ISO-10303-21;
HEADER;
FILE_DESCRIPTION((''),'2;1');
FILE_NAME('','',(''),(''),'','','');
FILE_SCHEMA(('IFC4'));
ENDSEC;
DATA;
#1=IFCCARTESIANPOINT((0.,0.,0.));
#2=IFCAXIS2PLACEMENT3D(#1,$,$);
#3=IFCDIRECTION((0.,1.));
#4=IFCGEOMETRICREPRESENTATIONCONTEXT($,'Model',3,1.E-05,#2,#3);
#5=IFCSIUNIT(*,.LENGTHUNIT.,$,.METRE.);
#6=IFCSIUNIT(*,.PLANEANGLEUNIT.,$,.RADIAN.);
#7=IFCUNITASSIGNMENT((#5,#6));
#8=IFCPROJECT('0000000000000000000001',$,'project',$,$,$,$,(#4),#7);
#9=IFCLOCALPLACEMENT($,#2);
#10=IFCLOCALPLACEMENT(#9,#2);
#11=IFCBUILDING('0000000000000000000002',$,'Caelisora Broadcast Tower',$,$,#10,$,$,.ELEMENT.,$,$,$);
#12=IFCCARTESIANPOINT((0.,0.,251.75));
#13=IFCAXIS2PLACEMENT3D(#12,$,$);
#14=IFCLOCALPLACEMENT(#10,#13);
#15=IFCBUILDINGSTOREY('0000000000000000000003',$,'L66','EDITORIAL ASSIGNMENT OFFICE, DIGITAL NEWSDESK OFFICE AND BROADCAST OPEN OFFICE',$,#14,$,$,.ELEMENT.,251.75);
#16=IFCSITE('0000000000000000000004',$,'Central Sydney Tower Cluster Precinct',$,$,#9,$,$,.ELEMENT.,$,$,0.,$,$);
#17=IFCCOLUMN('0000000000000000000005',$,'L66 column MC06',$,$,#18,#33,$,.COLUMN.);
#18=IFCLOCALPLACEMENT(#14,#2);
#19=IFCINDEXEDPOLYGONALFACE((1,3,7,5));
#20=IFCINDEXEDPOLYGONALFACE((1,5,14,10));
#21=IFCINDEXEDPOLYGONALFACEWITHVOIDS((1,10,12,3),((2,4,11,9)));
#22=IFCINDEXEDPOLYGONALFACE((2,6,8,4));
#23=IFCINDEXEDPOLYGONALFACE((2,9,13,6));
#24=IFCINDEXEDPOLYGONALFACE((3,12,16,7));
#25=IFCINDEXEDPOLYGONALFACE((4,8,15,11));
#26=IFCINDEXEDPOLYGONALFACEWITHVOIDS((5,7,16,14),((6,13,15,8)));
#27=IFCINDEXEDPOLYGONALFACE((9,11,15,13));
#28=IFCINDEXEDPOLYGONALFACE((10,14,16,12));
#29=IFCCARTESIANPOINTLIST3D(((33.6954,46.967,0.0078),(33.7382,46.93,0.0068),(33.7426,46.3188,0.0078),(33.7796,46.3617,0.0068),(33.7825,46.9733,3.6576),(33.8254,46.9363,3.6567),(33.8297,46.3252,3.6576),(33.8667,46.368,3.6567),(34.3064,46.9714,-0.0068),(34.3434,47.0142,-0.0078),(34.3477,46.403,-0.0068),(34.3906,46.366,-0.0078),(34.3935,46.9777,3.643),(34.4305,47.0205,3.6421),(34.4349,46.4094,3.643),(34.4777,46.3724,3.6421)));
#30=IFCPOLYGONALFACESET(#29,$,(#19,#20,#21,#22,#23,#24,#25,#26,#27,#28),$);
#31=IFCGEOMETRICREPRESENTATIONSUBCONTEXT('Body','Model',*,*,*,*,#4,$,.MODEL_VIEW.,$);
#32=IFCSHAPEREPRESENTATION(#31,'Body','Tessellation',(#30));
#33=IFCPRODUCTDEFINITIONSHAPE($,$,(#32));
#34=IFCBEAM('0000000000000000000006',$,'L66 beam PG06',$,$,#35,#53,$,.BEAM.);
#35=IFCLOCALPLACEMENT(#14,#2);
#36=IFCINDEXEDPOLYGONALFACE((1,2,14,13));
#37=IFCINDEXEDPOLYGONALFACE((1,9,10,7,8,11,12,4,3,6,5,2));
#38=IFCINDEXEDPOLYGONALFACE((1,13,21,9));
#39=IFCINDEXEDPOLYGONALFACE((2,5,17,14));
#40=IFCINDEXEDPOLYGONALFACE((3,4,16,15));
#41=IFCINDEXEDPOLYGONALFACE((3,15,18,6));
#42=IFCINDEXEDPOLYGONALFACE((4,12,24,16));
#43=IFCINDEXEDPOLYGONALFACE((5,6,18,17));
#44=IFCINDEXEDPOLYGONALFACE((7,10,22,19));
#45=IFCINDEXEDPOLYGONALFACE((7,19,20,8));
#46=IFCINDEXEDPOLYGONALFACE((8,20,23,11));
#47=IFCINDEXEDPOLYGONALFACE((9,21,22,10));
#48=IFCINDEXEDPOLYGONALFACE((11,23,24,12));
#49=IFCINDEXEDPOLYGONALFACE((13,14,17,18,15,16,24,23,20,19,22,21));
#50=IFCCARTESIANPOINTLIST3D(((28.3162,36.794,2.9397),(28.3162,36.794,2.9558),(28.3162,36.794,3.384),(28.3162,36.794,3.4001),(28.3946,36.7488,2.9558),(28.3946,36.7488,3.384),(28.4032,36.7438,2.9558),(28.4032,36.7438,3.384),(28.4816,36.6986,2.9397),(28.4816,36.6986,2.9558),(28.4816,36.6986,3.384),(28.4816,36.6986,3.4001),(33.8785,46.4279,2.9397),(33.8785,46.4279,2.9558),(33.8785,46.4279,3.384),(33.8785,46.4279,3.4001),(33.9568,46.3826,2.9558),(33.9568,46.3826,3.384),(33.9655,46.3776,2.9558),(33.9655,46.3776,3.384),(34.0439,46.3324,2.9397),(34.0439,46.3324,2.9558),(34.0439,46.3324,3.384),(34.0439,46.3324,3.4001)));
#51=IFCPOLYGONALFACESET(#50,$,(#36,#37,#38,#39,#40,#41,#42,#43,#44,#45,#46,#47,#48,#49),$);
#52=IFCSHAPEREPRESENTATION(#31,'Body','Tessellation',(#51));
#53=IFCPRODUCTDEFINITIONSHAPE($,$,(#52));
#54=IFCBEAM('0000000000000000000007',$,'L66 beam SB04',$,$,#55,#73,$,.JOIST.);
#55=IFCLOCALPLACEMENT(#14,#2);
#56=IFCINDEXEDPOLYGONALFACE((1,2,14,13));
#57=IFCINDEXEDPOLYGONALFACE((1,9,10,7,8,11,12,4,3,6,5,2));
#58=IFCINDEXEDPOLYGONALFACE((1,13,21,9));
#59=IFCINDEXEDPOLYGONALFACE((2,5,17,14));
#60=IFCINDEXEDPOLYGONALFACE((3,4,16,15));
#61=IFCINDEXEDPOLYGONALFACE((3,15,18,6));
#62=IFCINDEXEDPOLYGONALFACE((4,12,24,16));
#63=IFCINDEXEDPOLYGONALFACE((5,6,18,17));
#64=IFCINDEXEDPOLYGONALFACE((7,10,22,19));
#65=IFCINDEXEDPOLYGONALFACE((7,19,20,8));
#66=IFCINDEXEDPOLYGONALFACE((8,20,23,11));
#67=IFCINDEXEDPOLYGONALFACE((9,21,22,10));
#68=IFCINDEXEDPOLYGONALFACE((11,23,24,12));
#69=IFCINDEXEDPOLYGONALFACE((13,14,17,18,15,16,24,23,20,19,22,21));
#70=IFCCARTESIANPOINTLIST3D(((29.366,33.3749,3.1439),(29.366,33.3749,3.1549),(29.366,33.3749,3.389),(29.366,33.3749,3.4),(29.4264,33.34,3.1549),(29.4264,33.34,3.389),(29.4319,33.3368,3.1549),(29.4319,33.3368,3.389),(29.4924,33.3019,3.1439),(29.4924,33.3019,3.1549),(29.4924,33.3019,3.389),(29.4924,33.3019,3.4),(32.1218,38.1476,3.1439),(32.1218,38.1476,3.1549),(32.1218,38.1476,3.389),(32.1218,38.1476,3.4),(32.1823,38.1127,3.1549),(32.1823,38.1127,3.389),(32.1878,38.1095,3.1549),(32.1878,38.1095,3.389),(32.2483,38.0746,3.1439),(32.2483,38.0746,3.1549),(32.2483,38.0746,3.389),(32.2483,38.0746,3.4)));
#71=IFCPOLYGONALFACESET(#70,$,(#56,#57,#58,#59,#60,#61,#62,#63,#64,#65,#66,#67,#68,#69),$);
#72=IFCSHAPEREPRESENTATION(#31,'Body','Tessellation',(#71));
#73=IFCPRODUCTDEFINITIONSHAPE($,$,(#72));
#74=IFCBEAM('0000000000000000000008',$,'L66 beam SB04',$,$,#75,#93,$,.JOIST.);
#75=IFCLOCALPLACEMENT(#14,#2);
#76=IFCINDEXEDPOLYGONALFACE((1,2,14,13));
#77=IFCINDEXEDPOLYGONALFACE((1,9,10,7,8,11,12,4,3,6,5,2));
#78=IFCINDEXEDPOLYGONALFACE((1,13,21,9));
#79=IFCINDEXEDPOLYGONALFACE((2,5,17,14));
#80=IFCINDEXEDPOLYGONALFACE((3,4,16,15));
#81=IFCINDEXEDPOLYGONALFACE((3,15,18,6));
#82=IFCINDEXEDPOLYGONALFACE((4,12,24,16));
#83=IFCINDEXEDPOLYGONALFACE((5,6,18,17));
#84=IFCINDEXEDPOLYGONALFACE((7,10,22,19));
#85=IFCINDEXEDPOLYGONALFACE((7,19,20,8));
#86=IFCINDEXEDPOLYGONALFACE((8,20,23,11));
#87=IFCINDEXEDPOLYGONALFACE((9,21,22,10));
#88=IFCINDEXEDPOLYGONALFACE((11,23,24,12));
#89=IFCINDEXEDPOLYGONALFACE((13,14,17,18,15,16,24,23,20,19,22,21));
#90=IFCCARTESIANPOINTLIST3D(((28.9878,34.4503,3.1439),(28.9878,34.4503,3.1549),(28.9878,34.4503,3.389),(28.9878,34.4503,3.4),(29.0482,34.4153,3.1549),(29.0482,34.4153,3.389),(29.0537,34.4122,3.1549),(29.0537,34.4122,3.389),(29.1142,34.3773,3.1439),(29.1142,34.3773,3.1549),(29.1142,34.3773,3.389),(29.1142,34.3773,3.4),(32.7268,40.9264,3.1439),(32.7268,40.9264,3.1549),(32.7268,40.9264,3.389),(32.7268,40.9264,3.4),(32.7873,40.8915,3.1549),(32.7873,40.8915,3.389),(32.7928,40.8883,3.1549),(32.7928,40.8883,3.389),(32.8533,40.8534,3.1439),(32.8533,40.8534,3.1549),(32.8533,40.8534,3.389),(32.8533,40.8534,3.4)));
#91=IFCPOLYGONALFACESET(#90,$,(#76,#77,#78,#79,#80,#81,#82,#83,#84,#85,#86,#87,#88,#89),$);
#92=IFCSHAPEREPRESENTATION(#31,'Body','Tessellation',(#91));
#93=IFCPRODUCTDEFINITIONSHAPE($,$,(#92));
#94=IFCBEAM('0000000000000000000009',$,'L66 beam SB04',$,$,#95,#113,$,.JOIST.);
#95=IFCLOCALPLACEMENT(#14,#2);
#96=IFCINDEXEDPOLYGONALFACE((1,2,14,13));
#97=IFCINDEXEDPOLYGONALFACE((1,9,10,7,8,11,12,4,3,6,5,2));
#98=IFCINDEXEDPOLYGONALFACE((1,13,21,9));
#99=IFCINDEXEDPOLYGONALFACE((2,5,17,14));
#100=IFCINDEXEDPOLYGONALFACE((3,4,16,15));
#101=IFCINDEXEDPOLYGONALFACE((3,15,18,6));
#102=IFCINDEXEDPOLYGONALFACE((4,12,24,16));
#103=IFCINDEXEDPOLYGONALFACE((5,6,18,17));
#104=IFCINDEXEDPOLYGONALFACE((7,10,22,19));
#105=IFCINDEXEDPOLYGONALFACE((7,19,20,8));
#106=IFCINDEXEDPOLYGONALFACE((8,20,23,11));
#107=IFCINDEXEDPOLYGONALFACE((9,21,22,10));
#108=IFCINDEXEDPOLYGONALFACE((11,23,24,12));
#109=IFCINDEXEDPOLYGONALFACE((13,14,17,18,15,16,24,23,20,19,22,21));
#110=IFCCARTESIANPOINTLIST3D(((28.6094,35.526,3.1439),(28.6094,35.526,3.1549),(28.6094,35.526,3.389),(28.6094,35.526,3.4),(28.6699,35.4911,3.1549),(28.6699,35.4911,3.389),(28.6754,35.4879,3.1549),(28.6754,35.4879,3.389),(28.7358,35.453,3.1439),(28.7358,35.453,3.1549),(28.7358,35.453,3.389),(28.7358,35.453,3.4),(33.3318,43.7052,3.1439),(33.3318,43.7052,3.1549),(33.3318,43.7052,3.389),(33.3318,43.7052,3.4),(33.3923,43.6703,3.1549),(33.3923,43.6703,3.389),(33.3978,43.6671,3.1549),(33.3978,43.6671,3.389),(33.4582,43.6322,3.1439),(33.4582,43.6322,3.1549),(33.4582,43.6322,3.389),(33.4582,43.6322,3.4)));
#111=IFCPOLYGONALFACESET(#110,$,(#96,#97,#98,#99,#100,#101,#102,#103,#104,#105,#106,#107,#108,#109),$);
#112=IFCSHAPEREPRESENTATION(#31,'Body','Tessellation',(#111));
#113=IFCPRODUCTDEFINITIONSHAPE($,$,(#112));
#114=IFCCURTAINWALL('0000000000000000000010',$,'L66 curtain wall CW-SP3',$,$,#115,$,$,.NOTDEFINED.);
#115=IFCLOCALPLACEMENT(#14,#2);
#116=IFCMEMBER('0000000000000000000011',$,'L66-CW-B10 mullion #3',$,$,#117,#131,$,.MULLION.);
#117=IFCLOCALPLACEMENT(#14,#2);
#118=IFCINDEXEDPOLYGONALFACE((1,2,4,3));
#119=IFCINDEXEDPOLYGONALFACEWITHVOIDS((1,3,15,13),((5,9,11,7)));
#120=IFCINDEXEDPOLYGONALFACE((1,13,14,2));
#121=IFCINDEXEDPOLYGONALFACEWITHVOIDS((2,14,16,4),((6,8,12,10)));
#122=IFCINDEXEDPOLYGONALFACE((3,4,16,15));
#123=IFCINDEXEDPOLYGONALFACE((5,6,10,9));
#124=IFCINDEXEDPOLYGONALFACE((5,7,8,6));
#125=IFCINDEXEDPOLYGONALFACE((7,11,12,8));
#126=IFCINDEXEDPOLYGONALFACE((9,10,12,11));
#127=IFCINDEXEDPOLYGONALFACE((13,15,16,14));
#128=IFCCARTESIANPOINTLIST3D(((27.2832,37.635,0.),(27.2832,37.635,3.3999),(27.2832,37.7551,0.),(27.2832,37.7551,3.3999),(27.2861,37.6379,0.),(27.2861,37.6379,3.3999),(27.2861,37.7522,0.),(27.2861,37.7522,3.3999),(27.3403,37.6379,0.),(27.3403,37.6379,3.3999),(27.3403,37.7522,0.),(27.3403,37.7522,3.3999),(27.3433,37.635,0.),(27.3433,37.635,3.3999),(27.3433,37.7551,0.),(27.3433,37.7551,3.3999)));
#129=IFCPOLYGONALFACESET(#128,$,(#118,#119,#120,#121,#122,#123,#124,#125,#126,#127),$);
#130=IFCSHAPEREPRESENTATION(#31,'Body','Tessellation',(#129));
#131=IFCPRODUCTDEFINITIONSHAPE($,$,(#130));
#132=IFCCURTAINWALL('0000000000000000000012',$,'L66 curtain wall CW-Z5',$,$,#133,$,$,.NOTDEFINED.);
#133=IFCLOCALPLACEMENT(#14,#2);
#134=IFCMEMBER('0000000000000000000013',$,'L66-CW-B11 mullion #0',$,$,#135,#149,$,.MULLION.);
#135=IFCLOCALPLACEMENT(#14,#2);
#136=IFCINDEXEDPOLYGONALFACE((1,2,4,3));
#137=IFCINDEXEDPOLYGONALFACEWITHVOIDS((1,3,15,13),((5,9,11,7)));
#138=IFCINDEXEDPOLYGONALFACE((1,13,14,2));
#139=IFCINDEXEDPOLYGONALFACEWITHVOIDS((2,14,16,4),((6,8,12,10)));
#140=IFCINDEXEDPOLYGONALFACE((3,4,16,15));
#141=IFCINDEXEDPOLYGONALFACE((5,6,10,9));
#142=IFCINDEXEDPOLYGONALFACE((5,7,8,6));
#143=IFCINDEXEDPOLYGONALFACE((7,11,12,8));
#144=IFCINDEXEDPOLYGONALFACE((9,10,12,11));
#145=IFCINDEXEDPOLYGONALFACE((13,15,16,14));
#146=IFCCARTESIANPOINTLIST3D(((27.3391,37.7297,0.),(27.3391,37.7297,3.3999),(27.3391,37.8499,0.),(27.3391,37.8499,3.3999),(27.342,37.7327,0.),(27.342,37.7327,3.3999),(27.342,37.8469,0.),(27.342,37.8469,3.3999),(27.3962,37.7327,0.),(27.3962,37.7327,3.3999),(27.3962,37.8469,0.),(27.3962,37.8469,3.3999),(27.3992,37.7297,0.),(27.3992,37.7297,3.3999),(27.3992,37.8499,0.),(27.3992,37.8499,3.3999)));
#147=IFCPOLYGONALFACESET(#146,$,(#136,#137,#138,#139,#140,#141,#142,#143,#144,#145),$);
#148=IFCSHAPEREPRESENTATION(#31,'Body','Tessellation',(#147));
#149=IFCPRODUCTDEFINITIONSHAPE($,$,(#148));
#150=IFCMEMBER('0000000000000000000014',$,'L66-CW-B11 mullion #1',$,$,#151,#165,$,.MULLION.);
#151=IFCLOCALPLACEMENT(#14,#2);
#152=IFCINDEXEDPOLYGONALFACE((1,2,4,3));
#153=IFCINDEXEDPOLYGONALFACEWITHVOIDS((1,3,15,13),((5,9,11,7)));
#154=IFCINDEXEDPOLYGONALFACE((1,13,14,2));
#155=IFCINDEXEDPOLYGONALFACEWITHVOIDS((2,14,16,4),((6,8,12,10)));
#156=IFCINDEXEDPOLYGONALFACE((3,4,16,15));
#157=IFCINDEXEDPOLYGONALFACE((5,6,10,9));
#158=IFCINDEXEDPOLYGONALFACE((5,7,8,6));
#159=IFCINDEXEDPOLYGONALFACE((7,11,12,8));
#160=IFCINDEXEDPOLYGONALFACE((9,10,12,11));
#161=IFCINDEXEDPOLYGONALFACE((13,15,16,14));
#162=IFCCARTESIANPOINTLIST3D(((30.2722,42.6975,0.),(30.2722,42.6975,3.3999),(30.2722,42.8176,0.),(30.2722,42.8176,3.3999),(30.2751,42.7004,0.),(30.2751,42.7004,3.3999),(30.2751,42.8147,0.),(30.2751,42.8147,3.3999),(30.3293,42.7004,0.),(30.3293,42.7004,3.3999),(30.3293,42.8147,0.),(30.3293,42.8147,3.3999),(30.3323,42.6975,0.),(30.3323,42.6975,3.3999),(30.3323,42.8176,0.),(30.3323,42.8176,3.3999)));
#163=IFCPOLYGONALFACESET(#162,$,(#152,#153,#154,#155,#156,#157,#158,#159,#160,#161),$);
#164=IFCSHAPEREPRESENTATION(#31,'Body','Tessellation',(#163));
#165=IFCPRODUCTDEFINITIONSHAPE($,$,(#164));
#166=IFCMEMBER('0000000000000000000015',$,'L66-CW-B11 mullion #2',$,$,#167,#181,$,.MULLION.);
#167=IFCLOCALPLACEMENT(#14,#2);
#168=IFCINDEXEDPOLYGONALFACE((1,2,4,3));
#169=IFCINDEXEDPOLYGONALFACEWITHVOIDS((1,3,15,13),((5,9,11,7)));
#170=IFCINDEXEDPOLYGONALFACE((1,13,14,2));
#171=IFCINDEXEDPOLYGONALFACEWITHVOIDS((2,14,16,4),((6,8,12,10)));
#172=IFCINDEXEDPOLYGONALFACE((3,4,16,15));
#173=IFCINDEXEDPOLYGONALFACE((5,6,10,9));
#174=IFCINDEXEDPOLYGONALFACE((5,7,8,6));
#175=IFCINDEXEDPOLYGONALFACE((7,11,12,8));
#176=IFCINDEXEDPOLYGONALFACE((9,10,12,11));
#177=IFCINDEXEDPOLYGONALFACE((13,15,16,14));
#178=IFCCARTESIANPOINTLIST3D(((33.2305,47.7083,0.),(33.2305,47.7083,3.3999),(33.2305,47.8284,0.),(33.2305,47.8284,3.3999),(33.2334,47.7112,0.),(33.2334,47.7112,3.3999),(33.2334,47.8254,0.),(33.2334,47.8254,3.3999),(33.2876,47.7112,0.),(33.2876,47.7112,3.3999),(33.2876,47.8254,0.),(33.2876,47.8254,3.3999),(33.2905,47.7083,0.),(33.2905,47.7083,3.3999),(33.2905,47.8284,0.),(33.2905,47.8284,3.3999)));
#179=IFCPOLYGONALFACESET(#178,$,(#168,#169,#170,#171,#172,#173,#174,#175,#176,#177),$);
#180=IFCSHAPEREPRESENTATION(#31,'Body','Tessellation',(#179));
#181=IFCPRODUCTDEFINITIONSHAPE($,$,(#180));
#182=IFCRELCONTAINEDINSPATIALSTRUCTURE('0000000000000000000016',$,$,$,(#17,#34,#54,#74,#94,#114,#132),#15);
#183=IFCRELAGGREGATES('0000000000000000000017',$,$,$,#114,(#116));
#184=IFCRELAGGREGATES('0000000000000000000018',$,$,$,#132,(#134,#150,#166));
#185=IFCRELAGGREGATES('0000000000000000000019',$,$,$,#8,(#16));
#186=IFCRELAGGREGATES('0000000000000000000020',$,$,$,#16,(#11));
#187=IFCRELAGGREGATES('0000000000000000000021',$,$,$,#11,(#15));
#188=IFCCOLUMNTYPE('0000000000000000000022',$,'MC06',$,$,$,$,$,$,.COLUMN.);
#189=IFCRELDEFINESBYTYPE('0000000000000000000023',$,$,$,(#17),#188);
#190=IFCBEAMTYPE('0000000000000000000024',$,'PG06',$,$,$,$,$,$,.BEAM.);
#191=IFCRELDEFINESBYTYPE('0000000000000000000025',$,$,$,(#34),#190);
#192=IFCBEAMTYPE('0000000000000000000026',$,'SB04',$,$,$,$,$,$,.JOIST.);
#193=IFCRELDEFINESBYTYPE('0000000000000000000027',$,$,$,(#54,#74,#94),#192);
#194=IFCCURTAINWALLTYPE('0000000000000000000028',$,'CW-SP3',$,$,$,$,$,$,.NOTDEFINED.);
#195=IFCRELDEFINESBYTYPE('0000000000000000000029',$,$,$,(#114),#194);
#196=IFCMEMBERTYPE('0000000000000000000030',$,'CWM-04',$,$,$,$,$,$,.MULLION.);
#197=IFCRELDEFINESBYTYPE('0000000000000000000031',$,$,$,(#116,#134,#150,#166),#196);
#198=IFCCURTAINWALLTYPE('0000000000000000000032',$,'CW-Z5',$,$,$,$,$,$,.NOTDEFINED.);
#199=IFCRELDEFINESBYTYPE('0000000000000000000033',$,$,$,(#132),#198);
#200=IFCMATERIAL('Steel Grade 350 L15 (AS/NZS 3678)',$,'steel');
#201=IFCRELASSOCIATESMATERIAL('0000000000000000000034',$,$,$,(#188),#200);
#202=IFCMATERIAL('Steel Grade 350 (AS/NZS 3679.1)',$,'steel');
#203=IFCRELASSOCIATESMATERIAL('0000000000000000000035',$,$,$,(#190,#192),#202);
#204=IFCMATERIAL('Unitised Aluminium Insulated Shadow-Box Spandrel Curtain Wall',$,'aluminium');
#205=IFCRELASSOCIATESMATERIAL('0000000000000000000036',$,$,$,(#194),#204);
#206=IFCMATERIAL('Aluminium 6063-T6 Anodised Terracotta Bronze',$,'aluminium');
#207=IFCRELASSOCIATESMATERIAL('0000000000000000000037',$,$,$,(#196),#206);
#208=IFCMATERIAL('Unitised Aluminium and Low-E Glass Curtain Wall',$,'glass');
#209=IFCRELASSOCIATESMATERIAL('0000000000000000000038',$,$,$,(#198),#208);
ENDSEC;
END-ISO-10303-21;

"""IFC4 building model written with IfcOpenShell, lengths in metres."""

from ifc_helpers import new_model, si_unit, direction, frame, origin, origin_2d, place, context, subcontext, project, spatial, hollow_rectangle, i_section, extrude, source, transform, mapped, material, material_profile, profile_set, type_object, type_shapes, element, aggregate, save


model = new_model("IFC4")

# Units and contexts
model_context = context("Model", 3, precision=1e-05, world=origin(), true_north=direction((0.0, 1.0)))
body_context = subcontext(model_context, "Body", "Model", "MODEL_VIEW")
ifc_project = project(units=[si_unit("LENGTHUNIT", "METRE"), si_unit("PLANEANGLEUNIT", "RADIAN")], contexts=[model_context])

# Site, building, storey
site_placement = place(None, origin())
site = spatial("IfcSite", under=ifc_project, at=site_placement, Name="Central Sydney Tower Cluster Precinct", CompositionType="ELEMENT", RefElevation=0.0)
building_placement = place(site_placement, origin())
building = spatial("IfcBuilding", under=site, at=building_placement, Name="Caelisora Broadcast Tower", CompositionType="ELEMENT")
storey_placement = place(building_placement, frame((0.0, 0.0, 251.75)))
storey = spatial("IfcBuildingStorey", under=building, at=storey_placement, Name="L66", Description="EDITORIAL ASSIGNMENT OFFICE, DIGITAL NEWSDESK OFFICE AND BROADCAST OPEN OFFICE", CompositionType="ELEMENT", Elevation=251.75)

# Column
ifc_material_1 = material(Name="Steel Grade 350 L15 (AS/NZS 3678)", Category="steel")
ifc_material_profile_1 = material_profile(ifc_material_1, hollow_rectangle(XDim=0.6499, YDim=0.6499, WallThickness=0.04, at=origin_2d()), Name="Steel Grade 350 L15 (AS/NZS 3678)")
ifc_profile_set_1 = profile_set([ifc_material_profile_1], Name="Steel Grade 350 L15 (AS/NZS 3678)")
column_type = type_object("IfcColumnType", Name="MC06", PredefinedType="COLUMN", material=ifc_profile_set_1)
shared_shape_1 = source(origin(), body_context, "Body", "SweptSolid", [
    extrude(hollow_rectangle(XDim=0.6499, YDim=0.6499, WallThickness=0.04, at=origin_2d()), origin(), (0.0, 0.0, 1.0), 3.6509),
])
type_shapes(column_type, [shared_shape_1])
column_placement = place(storey_placement, frame((34.043, 46.6665, 0.0), z_axis=(0.023873, 0.001739, 0.999713), x_axis=(-0.072637, 0.997358, 0.0)))
element("IfcColumn", 1, at=column_placement, inside=storey, type_object=column_type, Name="L66 column MC06", PredefinedType="COLUMN", context=body_context, shape_type="MappedRepresentation", body=[
    mapped(shared_shape_1, transform((0.0, 0.0, 0.0), scale=1.0)),
])

# Beams
ifc_material_2 = material(Name="Steel Grade 350 (AS/NZS 3679.1)", Category="steel")
ifc_material_profile_2 = material_profile(ifc_material_2, i_section(OverallWidth=0.1909, OverallDepth=0.4604, WebThickness=0.01, FlangeThickness=0.0161, at=origin_2d()), Name="Steel Grade 350 (AS/NZS 3679.1)")
ifc_profile_set_2 = profile_set([ifc_material_profile_2], Name="Steel Grade 350 (AS/NZS 3679.1)")
beam_type_1 = type_object("IfcBeamType", Name="PG06", PredefinedType="BEAM", material=ifc_profile_set_2)
shared_shape_2 = source(origin(), body_context, "Body", "SweptSolid", [
    extrude(i_section(OverallWidth=0.1909, OverallDepth=0.4604, WebThickness=0.01, FlangeThickness=0.0161, at=origin_2d()), origin(), (0.0, 0.0, 1.0), 11.1243),
])
type_shapes(beam_type_1, [shared_shape_2])
beam_1_placement = place(storey_placement, frame((33.9612, 46.3801, 3.1699), z_axis=(-0.500012, -0.866018, 0.0), x_axis=(0.866018, -0.500012, 0.0)))
element("IfcBeam", 2, at=beam_1_placement, inside=storey, type_object=beam_type_1, Name="L66 beam PG06", PredefinedType="BEAM", context=body_context, shape_type="MappedRepresentation", body=[
    mapped(shared_shape_2, transform((0.0, 0.0, 0.0), scale=1.0)),
])
ifc_material_profile_3 = material_profile(ifc_material_2, i_section(OverallWidth=0.146, OverallDepth=0.2561, WebThickness=0.0063, FlangeThickness=0.011, at=origin_2d()), Name="Steel Grade 350 (AS/NZS 3679.1)")
ifc_profile_set_3 = profile_set([ifc_material_profile_3], Name="Steel Grade 350 (AS/NZS 3679.1)")
beam_type_2 = type_object("IfcBeamType", Name="SB04", PredefinedType="JOIST", material=ifc_profile_set_3)
shared_shape_3 = source(origin(), body_context, "Body", "SweptSolid", [
    extrude(i_section(OverallWidth=0.146, OverallDepth=0.2561, WebThickness=0.0063, FlangeThickness=0.011, at=origin_2d()), origin(), (0.0, 0.0, 1.0), 5.5112),
])
beam_2_placement = place(storey_placement, frame((32.1851, 38.1111, 3.272), z_axis=(-0.500046, -0.865999, 0.0), x_axis=(0.865999, -0.500046, 0.0)))
element("IfcBeam", 3, at=beam_2_placement, inside=storey, type_object=beam_type_2, Name="L66 beam SB04", PredefinedType="JOIST", context=body_context, shape_type="MappedRepresentation", body=[
    mapped(shared_shape_3, transform((0.0, 0.0, 0.0), scale=1.0)),
])
shared_shape_4 = source(origin(), body_context, "Body", "SweptSolid", [
    extrude(i_section(OverallWidth=0.146, OverallDepth=0.2561, WebThickness=0.0063, FlangeThickness=0.011, at=origin_2d()), origin(), (0.0, 0.0, 1.0), 7.478),
])
beam_3_placement = place(storey_placement, frame((32.79, 40.8899, 3.272), z_axis=(-0.500005, -0.866022, 0.0), x_axis=(0.866022, -0.500005, 0.0)))
element("IfcBeam", 4, at=beam_3_placement, inside=storey, type_object=beam_type_2, Name="L66 beam SB04", PredefinedType="JOIST", context=body_context, shape_type="MappedRepresentation", body=[
    mapped(shared_shape_4, transform((0.0, 0.0, 0.0), scale=1.0)),
])
shared_shape_5 = source(origin(), body_context, "Body", "SweptSolid", [
    extrude(i_section(OverallWidth=0.146, OverallDepth=0.2561, WebThickness=0.0063, FlangeThickness=0.011, at=origin_2d()), origin(), (0.0, 0.0, 1.0), 9.4446),
])
type_shapes(beam_type_2, [shared_shape_3, shared_shape_4, shared_shape_5])
beam_4_placement = place(storey_placement, frame((33.395, 43.6687, 3.272), z_axis=(-0.500012, -0.866019, 0.0), x_axis=(0.866019, -0.500012, 0.0)))
element("IfcBeam", 5, at=beam_4_placement, inside=storey, type_object=beam_type_2, Name="L66 beam SB04", PredefinedType="JOIST", context=body_context, shape_type="MappedRepresentation", body=[
    mapped(shared_shape_5, transform((0.0, 0.0, 0.0), scale=1.0)),
])

# Curtain wall, member
ifc_material_3 = material(Name="Unitised Aluminium Insulated Shadow-Box Spandrel Curtain Wall", Category="aluminium")
curtain_wall_type_1 = type_object("IfcCurtainWallType", Name="CW-SP3", PredefinedType="NOTDEFINED", material=ifc_material_3)
curtain_wall_1_placement = place(storey_placement, origin())
curtain_wall_1 = element("IfcCurtainWall", 6, at=curtain_wall_1_placement, inside=storey, type_object=curtain_wall_type_1, Name="L66 curtain wall CW-SP3", PredefinedType="NOTDEFINED")
ifc_material_4 = material(Name="Aluminium 6063-T6 Anodised Terracotta Bronze", Category="aluminium")
ifc_material_profile_4 = material_profile(ifc_material_4, hollow_rectangle(XDim=0.0601, YDim=0.1201, WallThickness=0.0029, at=origin_2d()), Name="Aluminium 6063-T6 Anodised Terracotta Bronze")
ifc_profile_set_4 = profile_set([ifc_material_profile_4], Name="Aluminium 6063-T6 Anodised Terracotta Bronze")
member_type_1 = type_object("IfcMemberType", Name="CWM-04", PredefinedType="MULLION", material=ifc_profile_set_4)
shared_shape_6 = source(origin(), body_context, "Body", "SweptSolid", [
    extrude(hollow_rectangle(XDim=0.0601, YDim=0.1201, WallThickness=0.0029, at=origin_2d()), origin(), (0.0, 0.0, 1.0), 3.3999),
])
type_shapes(member_type_1, [shared_shape_6])
member_1_placement = place(storey_placement, frame((27.3132, 37.6951, 0.0), z_axis=(0.0, 0.0, 1.0), x_axis=(1.0, 0.0, 0.0)))
member_1 = element("IfcMember", 7, at=member_1_placement, type_object=member_type_1, Name="L66-CW-B10 mullion #3", PredefinedType="MULLION", context=body_context, shape_type="MappedRepresentation", body=[
    mapped(shared_shape_6, transform((0.0, 0.0, 0.0), scale=1.0)),
])
aggregate(curtain_wall_1, [member_1])

# Curtain wall, members
ifc_material_5 = material(Name="Unitised Aluminium and Low-E Glass Curtain Wall", Category="glass")
curtain_wall_type_2 = type_object("IfcCurtainWallType", Name="CW-Z5", PredefinedType="NOTDEFINED", material=ifc_material_5)
curtain_wall_2_placement = place(storey_placement, origin())
curtain_wall_2 = element("IfcCurtainWall", 8, at=curtain_wall_2_placement, inside=storey, type_object=curtain_wall_type_2, Name="L66 curtain wall CW-Z5", PredefinedType="NOTDEFINED")
member_2_placement = place(storey_placement, frame((27.3691, 37.7898, 0.0), z_axis=(0.0, 0.0, 1.0), x_axis=(1.0, 0.0, 0.0)))
member_2 = element("IfcMember", 9, at=member_2_placement, type_object=member_type_1, Name="L66-CW-B11 mullion #0", PredefinedType="MULLION", context=body_context, shape_type="MappedRepresentation", body=[
    mapped(shared_shape_6, transform((0.0, 0.0, 0.0), scale=1.0)),
])
member_3_placement = place(storey_placement, frame((30.3022, 42.7576, 0.0), z_axis=(0.0, 0.0, 1.0), x_axis=(1.0, 0.0, 0.0)))
member_3 = element("IfcMember", 10, at=member_3_placement, type_object=member_type_1, Name="L66-CW-B11 mullion #1", PredefinedType="MULLION", context=body_context, shape_type="MappedRepresentation", body=[
    mapped(shared_shape_6, transform((0.0, 0.0, 0.0), scale=1.0)),
])
member_4_placement = place(storey_placement, frame((33.2605, 47.7683, 0.0), z_axis=(0.0, 0.0, 1.0), x_axis=(1.0, 0.0, 0.0)))
member_4 = element("IfcMember", 11, at=member_4_placement, type_object=member_type_1, Name="L66-CW-B11 mullion #2", PredefinedType="MULLION", context=body_context, shape_type="MappedRepresentation", body=[
    mapped(shared_shape_6, transform((0.0, 0.0, 0.0), scale=1.0)),
])

aggregate(curtain_wall_2, [member_2, member_3, member_4])

save(model, "model.ifc")
